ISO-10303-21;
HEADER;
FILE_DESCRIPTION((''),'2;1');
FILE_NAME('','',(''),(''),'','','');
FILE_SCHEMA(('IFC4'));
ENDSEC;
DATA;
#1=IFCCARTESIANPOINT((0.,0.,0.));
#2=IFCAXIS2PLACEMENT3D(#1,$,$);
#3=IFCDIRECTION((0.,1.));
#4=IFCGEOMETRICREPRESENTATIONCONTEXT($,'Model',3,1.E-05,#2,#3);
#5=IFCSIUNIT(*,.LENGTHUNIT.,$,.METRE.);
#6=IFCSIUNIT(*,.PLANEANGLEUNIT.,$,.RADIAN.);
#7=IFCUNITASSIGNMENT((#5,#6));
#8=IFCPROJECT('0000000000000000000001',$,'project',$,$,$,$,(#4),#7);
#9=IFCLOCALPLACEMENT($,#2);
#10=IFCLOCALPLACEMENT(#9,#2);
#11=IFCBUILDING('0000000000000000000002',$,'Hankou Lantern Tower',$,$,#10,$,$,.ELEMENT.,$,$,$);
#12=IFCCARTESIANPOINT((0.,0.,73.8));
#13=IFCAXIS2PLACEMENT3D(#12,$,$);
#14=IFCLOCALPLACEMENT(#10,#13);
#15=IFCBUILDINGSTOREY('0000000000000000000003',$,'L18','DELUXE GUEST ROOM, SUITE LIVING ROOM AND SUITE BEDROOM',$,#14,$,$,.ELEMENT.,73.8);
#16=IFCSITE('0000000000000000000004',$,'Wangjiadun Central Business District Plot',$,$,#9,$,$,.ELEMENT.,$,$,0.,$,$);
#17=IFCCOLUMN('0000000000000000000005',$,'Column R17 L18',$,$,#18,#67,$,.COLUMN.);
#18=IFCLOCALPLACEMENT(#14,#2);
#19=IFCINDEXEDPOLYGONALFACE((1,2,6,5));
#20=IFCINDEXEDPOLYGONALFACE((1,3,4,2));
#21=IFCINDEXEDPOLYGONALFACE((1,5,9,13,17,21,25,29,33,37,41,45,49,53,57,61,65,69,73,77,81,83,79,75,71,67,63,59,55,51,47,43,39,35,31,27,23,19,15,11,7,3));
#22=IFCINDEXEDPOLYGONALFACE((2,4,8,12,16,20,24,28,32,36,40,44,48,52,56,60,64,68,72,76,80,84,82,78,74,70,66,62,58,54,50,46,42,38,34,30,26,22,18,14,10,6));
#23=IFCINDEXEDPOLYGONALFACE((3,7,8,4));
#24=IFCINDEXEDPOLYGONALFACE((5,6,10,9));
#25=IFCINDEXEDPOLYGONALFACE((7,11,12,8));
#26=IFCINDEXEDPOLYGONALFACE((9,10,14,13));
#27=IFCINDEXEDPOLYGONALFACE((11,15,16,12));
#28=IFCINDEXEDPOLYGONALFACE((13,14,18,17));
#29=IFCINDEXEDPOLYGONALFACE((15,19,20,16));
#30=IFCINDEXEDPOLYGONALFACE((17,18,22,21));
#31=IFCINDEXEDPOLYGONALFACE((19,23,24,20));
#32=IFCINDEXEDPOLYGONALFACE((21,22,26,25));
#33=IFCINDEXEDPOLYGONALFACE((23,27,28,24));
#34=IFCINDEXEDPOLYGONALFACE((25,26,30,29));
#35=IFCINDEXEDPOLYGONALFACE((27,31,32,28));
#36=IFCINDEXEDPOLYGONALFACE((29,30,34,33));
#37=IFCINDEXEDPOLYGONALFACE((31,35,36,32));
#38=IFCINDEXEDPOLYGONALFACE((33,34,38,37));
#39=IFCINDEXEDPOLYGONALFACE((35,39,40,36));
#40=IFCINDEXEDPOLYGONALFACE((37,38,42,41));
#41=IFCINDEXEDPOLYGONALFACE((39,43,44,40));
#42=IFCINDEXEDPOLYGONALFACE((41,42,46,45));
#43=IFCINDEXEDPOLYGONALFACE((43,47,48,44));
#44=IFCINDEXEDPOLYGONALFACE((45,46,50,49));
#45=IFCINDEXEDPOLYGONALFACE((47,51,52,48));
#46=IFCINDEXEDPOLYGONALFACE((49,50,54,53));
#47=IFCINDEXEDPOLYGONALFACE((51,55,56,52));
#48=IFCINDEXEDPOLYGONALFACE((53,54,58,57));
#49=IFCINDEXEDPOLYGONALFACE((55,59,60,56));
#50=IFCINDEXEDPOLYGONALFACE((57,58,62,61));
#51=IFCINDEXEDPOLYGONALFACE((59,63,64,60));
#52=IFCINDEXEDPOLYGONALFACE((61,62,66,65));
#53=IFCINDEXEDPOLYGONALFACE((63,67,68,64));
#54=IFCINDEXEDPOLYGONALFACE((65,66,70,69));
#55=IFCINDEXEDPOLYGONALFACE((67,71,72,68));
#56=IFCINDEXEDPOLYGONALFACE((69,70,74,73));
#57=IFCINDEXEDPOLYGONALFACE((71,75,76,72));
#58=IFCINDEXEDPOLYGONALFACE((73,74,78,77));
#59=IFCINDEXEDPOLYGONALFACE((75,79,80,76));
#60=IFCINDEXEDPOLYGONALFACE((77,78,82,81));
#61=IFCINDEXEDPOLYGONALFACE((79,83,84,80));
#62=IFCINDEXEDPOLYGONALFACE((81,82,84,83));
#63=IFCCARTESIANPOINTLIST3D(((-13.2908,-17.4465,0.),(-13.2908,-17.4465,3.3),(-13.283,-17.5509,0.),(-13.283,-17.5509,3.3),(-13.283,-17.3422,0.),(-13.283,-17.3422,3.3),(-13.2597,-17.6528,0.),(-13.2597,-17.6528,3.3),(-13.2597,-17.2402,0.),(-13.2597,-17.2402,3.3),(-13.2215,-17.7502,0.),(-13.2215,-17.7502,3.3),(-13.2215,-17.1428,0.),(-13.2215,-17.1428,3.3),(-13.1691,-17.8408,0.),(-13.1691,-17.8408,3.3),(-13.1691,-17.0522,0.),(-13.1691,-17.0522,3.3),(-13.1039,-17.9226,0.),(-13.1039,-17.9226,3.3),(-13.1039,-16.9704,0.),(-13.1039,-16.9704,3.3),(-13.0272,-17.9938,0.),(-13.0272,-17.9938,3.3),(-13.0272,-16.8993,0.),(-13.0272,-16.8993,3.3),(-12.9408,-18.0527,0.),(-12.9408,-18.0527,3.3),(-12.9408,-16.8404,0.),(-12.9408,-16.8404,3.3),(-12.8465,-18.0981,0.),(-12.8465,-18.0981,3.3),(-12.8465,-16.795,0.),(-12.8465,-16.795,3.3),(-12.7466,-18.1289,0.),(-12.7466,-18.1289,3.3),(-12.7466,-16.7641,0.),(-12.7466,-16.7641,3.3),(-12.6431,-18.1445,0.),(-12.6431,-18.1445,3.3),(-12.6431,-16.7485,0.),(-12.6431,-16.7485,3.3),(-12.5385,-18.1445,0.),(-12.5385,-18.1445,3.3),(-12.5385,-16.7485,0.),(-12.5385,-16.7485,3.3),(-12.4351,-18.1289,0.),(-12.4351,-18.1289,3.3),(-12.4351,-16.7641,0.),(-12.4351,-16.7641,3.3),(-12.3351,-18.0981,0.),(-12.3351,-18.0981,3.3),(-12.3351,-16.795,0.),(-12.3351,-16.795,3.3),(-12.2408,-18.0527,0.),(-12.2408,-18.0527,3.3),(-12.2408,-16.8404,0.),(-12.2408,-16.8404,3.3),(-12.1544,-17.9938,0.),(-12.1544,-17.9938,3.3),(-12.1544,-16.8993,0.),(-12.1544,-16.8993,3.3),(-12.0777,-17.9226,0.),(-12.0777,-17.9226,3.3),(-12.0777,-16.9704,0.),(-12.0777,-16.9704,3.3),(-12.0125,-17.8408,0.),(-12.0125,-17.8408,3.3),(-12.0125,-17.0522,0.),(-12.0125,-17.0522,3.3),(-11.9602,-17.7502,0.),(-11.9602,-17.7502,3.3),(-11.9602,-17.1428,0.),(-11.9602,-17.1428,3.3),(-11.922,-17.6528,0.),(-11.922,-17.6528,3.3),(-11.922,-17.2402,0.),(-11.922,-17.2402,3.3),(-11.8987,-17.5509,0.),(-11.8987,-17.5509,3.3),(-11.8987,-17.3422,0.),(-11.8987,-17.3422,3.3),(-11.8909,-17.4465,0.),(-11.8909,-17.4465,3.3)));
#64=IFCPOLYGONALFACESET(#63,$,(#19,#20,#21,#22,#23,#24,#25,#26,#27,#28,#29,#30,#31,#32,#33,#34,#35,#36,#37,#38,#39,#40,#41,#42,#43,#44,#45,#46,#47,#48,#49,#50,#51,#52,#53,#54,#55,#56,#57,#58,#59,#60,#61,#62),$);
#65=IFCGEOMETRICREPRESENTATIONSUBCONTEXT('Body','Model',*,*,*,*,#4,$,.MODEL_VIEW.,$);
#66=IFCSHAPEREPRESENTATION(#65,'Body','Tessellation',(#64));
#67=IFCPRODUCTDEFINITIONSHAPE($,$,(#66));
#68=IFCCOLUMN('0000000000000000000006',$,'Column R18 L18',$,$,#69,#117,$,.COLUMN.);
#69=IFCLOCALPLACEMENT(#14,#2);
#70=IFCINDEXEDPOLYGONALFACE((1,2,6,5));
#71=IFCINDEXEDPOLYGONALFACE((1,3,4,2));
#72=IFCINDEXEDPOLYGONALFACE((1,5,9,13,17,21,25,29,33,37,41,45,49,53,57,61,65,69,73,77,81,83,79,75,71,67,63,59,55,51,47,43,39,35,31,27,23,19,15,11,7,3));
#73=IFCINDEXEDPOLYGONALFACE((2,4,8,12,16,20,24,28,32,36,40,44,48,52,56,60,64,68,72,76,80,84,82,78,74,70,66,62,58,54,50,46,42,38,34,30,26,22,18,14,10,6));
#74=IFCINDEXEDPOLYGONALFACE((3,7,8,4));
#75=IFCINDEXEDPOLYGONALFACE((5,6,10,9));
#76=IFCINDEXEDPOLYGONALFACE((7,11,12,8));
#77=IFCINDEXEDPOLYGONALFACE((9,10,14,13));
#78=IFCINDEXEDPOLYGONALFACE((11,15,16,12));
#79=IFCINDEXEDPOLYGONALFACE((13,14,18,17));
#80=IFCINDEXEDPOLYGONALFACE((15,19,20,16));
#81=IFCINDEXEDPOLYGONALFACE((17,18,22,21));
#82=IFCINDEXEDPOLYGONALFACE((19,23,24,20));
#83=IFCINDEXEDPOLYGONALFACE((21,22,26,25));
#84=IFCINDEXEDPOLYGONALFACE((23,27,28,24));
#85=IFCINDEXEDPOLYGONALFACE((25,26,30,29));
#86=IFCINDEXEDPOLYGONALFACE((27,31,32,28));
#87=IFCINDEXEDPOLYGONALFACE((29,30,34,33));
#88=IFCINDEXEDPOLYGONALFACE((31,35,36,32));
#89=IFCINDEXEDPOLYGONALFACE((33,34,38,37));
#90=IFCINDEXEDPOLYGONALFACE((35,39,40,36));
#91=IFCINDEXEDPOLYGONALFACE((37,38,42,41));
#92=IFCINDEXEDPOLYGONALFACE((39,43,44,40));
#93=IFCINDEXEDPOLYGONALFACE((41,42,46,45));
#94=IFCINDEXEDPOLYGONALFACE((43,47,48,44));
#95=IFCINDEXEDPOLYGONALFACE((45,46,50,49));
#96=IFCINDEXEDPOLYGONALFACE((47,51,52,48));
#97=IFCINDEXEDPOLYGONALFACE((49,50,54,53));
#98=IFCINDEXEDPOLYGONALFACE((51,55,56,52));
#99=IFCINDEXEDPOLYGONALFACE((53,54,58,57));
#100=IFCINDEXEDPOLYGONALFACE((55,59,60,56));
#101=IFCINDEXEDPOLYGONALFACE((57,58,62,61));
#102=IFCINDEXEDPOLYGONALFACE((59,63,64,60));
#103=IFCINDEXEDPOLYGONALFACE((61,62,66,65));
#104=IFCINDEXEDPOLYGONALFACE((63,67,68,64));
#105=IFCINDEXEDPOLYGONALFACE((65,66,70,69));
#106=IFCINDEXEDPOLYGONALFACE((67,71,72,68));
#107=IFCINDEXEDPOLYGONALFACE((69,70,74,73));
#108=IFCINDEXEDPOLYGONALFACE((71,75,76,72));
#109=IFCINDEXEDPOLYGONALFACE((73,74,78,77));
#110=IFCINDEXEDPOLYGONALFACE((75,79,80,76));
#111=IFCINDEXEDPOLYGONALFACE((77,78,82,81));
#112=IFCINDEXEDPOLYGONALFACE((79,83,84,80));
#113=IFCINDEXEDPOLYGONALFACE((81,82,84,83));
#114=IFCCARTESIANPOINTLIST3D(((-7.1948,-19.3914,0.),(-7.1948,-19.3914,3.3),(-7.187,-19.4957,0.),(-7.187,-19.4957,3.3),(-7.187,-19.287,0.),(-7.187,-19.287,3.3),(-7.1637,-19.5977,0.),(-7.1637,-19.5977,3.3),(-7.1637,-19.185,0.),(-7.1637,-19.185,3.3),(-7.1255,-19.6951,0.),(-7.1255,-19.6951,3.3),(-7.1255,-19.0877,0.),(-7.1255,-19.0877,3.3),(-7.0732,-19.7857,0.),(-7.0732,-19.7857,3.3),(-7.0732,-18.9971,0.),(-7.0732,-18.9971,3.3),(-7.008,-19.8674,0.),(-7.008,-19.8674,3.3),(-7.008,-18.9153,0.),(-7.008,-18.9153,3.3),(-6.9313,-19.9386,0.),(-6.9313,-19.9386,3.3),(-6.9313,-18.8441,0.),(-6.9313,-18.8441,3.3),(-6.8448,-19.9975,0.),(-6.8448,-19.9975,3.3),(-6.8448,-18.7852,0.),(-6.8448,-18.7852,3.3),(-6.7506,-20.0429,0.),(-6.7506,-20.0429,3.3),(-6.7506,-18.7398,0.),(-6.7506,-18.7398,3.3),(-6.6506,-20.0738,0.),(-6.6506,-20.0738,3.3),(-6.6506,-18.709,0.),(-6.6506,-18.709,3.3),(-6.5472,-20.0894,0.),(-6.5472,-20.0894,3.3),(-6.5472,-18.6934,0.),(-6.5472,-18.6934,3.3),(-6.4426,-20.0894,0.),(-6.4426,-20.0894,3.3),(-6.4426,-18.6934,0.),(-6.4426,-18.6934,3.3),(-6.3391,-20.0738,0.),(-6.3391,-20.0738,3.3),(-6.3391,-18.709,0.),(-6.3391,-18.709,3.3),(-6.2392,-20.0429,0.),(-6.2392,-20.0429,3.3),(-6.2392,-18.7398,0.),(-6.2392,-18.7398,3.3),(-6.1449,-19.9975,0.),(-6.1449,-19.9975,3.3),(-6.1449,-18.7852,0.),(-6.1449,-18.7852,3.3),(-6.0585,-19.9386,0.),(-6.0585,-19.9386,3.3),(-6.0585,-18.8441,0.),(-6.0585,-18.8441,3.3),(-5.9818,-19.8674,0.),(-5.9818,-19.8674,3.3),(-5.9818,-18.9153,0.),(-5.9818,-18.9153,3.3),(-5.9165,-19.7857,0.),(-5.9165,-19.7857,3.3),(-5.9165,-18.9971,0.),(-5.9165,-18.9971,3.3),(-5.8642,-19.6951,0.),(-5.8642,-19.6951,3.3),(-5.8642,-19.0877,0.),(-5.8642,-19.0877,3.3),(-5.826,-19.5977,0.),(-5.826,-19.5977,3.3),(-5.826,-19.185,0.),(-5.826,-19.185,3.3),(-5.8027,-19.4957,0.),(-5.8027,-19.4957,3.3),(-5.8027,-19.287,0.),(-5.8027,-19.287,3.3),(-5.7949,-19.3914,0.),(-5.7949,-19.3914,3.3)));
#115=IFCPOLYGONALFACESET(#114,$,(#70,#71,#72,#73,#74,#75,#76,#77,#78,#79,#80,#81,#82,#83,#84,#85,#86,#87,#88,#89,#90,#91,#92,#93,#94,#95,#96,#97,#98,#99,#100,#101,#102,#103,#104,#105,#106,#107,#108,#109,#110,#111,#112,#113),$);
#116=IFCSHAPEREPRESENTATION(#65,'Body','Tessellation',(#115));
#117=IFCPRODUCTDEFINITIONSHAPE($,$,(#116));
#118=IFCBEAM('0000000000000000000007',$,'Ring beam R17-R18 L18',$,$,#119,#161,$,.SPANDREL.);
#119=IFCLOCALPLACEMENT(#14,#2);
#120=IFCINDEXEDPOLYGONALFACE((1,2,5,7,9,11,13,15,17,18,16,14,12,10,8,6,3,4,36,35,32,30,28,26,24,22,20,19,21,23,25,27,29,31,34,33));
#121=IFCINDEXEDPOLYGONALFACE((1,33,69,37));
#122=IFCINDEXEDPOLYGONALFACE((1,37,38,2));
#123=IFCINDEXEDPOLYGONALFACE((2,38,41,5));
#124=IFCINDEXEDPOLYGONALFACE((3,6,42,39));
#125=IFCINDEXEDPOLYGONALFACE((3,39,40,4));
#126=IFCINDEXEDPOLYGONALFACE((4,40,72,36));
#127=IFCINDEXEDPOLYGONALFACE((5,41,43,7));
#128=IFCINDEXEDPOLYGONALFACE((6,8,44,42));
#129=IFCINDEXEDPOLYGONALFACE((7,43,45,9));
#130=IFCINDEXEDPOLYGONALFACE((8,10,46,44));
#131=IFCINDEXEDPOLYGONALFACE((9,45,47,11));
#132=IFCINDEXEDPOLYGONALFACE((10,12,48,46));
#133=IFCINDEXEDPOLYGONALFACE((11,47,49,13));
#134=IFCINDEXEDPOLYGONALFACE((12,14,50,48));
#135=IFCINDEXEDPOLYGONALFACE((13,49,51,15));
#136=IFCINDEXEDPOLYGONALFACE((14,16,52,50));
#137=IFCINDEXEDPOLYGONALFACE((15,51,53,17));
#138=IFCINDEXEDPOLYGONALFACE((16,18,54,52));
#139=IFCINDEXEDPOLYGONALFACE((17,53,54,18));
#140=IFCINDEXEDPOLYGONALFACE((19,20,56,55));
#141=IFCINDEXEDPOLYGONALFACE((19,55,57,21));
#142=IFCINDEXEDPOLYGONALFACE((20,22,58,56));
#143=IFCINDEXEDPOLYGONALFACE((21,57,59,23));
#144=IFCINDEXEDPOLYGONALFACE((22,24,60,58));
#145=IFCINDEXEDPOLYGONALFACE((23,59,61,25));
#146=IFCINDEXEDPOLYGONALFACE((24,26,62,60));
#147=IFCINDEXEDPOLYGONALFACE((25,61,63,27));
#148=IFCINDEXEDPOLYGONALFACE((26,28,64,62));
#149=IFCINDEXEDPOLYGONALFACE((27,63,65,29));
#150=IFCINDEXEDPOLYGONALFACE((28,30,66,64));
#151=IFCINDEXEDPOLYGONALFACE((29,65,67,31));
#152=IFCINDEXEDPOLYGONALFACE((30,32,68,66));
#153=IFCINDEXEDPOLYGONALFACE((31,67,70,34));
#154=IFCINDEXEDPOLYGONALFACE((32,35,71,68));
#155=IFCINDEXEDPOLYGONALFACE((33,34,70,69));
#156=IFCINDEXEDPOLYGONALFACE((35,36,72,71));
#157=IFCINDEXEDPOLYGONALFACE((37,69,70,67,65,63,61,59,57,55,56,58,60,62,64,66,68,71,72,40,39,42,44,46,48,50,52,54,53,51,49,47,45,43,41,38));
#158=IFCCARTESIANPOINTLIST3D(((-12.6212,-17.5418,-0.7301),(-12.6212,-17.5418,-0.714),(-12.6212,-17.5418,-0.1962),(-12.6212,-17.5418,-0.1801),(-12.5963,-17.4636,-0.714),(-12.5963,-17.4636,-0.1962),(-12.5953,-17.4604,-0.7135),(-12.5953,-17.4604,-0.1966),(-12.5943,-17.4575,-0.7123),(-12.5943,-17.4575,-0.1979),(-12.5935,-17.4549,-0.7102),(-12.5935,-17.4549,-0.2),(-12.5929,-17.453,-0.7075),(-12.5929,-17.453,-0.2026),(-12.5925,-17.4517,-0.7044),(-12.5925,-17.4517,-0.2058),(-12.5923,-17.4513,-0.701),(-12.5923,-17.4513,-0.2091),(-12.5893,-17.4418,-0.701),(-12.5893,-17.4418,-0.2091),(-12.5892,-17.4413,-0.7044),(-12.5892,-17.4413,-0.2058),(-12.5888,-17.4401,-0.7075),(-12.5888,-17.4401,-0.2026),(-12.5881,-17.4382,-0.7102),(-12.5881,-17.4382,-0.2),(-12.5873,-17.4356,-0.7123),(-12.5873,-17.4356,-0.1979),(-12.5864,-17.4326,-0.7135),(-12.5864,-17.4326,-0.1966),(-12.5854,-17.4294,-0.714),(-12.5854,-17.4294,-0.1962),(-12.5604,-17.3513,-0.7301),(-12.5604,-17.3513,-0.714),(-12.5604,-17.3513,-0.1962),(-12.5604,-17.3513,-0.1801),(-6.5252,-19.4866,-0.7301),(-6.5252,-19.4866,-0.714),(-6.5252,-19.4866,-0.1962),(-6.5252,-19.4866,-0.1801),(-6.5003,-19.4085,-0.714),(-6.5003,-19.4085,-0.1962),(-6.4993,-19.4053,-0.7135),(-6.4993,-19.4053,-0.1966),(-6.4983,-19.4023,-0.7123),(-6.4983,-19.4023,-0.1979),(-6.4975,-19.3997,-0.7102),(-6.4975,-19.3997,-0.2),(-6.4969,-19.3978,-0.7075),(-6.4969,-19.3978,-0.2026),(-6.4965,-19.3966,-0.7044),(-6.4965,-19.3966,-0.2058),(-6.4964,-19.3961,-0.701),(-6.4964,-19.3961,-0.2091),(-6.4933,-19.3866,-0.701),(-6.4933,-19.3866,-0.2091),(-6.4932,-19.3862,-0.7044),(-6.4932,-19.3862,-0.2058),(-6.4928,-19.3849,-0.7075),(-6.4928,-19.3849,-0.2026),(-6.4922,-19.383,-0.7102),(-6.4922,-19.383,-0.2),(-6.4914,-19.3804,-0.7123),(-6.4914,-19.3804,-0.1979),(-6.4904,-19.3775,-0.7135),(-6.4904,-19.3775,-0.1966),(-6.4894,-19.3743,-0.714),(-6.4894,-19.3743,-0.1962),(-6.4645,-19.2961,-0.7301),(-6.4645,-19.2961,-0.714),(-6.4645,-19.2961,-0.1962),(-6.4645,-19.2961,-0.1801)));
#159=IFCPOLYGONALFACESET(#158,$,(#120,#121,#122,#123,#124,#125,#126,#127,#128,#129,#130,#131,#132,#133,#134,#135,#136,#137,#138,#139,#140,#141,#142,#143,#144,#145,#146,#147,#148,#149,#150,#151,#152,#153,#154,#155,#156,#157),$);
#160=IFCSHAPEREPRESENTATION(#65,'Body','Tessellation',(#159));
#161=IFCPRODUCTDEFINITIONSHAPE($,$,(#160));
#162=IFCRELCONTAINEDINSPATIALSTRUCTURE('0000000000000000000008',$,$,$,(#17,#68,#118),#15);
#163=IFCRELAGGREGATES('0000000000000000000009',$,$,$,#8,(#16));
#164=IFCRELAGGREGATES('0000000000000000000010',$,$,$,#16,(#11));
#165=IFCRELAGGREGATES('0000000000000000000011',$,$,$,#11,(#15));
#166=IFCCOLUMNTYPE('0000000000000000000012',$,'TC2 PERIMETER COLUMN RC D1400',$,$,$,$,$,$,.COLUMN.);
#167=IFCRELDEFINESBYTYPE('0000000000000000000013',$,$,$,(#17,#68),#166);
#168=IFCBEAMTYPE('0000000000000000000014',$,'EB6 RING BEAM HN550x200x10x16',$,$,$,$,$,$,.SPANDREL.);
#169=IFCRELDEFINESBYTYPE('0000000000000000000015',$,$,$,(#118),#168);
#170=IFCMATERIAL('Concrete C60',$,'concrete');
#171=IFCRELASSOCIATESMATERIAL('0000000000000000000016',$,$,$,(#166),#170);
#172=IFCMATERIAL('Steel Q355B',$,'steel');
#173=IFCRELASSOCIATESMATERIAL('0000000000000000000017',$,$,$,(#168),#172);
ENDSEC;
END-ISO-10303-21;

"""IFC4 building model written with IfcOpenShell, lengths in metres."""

from ifc_helpers import new_model, si_unit, direction, frame, origin, origin_2d, place, context, subcontext, project, spatial, circle, i_section, extrude, material, material_profile, profile_set, type_object, element, save


model = new_model("IFC4")

# Units and contexts
model_context = context("Model", 3, precision=1e-05, world=origin(), true_north=direction((0.0, 1.0)))
body_context = subcontext(model_context, "Body", "Model", "MODEL_VIEW")
ifc_project = project(units=[si_unit("LENGTHUNIT", "METRE"), si_unit("PLANEANGLEUNIT", "RADIAN")], contexts=[model_context])

# Site, building, storey
site_placement = place(None, origin())
site = spatial("IfcSite", under=ifc_project, at=site_placement, Name="Wangjiadun Central Business District Plot", CompositionType="ELEMENT", RefElevation=0.0)
building_placement = place(site_placement, origin())
building = spatial("IfcBuilding", under=site, at=building_placement, Name="Hankou Lantern Tower", CompositionType="ELEMENT")
storey_placement = place(building_placement, frame((0.0, 0.0, 73.8)))
storey = spatial("IfcBuildingStorey", under=building, at=storey_placement, Name="L18", Description="DELUXE GUEST ROOM, SUITE LIVING ROOM AND SUITE BEDROOM", CompositionType="ELEMENT", Elevation=73.8)

# Columns
ifc_material_1 = material(Name="Concrete C60", Category="concrete")
ifc_material_profile_1 = material_profile(ifc_material_1, circle(Radius=0.7, at=origin_2d()), Name="RC D1400")
ifc_profile_set_1 = profile_set([ifc_material_profile_1], Name="Concrete C60")
column_type = type_object("IfcColumnType", Name="TC2 PERIMETER COLUMN RC D1400", PredefinedType="COLUMN", material=ifc_profile_set_1)
for number, where, z_axis, x_axis, name in (
    (1, (-12.5908, -17.4465, 0.0), (0.0, 0.0, 1.0), (1.0, 0.0, 0.0), "Column R17 L18"),
    (2, (-6.4949, -19.3914, 0.0), (0.0, 0.0, 1.0), (1.0, 0.0, 0.0), "Column R18 L18"),
):
    element("IfcColumn", number, at=place(storey_placement, frame(where, z_axis=z_axis, x_axis=x_axis)), inside=storey, type_object=column_type, Name=name, PredefinedType="COLUMN", context=body_context, shape_type="SweptSolid", body=[
        extrude(circle(Radius=0.7, at=origin_2d()), origin(), (0.0, 0.0, 1.0), 3.3),
    ])

# Beam
ifc_material_2 = material(Name="Steel Q355B", Category="steel")
ifc_material_profile_2 = material_profile(ifc_material_2, i_section(OverallWidth=0.2, OverallDepth=0.55, WebThickness=0.01, FlangeThickness=0.0161, FilletRadius=0.0129, at=origin_2d()), Name="HN550x200x10x16")
ifc_profile_set_2 = profile_set([ifc_material_profile_2], Name="Steel Q355B")
beam_type_1 = type_object("IfcBeamType", Name="EB6 RING BEAM HN550x200x10x16", PredefinedType="SPANDREL", material=ifc_profile_set_2)
beam_1_placement = place(storey_placement, frame((-12.5908, -17.4465, -0.4551), z_axis=(0.95269, -0.303942, 0.0), x_axis=(0.303942, 0.95269, 0.0)))
element("IfcBeam", 3, at=beam_1_placement, inside=storey, type_object=beam_type_1, Name="Ring beam R17-R18 L18", PredefinedType="SPANDREL", context=body_context, shape_type="SweptSolid", body=[
    extrude(i_section(OverallWidth=0.2, OverallDepth=0.55, WebThickness=0.01, FlangeThickness=0.0161, FilletRadius=0.0129, at=origin_2d()), origin(), (0.0, 0.0, 1.0), 6.3987),
])

save(model, "model.ifc")
